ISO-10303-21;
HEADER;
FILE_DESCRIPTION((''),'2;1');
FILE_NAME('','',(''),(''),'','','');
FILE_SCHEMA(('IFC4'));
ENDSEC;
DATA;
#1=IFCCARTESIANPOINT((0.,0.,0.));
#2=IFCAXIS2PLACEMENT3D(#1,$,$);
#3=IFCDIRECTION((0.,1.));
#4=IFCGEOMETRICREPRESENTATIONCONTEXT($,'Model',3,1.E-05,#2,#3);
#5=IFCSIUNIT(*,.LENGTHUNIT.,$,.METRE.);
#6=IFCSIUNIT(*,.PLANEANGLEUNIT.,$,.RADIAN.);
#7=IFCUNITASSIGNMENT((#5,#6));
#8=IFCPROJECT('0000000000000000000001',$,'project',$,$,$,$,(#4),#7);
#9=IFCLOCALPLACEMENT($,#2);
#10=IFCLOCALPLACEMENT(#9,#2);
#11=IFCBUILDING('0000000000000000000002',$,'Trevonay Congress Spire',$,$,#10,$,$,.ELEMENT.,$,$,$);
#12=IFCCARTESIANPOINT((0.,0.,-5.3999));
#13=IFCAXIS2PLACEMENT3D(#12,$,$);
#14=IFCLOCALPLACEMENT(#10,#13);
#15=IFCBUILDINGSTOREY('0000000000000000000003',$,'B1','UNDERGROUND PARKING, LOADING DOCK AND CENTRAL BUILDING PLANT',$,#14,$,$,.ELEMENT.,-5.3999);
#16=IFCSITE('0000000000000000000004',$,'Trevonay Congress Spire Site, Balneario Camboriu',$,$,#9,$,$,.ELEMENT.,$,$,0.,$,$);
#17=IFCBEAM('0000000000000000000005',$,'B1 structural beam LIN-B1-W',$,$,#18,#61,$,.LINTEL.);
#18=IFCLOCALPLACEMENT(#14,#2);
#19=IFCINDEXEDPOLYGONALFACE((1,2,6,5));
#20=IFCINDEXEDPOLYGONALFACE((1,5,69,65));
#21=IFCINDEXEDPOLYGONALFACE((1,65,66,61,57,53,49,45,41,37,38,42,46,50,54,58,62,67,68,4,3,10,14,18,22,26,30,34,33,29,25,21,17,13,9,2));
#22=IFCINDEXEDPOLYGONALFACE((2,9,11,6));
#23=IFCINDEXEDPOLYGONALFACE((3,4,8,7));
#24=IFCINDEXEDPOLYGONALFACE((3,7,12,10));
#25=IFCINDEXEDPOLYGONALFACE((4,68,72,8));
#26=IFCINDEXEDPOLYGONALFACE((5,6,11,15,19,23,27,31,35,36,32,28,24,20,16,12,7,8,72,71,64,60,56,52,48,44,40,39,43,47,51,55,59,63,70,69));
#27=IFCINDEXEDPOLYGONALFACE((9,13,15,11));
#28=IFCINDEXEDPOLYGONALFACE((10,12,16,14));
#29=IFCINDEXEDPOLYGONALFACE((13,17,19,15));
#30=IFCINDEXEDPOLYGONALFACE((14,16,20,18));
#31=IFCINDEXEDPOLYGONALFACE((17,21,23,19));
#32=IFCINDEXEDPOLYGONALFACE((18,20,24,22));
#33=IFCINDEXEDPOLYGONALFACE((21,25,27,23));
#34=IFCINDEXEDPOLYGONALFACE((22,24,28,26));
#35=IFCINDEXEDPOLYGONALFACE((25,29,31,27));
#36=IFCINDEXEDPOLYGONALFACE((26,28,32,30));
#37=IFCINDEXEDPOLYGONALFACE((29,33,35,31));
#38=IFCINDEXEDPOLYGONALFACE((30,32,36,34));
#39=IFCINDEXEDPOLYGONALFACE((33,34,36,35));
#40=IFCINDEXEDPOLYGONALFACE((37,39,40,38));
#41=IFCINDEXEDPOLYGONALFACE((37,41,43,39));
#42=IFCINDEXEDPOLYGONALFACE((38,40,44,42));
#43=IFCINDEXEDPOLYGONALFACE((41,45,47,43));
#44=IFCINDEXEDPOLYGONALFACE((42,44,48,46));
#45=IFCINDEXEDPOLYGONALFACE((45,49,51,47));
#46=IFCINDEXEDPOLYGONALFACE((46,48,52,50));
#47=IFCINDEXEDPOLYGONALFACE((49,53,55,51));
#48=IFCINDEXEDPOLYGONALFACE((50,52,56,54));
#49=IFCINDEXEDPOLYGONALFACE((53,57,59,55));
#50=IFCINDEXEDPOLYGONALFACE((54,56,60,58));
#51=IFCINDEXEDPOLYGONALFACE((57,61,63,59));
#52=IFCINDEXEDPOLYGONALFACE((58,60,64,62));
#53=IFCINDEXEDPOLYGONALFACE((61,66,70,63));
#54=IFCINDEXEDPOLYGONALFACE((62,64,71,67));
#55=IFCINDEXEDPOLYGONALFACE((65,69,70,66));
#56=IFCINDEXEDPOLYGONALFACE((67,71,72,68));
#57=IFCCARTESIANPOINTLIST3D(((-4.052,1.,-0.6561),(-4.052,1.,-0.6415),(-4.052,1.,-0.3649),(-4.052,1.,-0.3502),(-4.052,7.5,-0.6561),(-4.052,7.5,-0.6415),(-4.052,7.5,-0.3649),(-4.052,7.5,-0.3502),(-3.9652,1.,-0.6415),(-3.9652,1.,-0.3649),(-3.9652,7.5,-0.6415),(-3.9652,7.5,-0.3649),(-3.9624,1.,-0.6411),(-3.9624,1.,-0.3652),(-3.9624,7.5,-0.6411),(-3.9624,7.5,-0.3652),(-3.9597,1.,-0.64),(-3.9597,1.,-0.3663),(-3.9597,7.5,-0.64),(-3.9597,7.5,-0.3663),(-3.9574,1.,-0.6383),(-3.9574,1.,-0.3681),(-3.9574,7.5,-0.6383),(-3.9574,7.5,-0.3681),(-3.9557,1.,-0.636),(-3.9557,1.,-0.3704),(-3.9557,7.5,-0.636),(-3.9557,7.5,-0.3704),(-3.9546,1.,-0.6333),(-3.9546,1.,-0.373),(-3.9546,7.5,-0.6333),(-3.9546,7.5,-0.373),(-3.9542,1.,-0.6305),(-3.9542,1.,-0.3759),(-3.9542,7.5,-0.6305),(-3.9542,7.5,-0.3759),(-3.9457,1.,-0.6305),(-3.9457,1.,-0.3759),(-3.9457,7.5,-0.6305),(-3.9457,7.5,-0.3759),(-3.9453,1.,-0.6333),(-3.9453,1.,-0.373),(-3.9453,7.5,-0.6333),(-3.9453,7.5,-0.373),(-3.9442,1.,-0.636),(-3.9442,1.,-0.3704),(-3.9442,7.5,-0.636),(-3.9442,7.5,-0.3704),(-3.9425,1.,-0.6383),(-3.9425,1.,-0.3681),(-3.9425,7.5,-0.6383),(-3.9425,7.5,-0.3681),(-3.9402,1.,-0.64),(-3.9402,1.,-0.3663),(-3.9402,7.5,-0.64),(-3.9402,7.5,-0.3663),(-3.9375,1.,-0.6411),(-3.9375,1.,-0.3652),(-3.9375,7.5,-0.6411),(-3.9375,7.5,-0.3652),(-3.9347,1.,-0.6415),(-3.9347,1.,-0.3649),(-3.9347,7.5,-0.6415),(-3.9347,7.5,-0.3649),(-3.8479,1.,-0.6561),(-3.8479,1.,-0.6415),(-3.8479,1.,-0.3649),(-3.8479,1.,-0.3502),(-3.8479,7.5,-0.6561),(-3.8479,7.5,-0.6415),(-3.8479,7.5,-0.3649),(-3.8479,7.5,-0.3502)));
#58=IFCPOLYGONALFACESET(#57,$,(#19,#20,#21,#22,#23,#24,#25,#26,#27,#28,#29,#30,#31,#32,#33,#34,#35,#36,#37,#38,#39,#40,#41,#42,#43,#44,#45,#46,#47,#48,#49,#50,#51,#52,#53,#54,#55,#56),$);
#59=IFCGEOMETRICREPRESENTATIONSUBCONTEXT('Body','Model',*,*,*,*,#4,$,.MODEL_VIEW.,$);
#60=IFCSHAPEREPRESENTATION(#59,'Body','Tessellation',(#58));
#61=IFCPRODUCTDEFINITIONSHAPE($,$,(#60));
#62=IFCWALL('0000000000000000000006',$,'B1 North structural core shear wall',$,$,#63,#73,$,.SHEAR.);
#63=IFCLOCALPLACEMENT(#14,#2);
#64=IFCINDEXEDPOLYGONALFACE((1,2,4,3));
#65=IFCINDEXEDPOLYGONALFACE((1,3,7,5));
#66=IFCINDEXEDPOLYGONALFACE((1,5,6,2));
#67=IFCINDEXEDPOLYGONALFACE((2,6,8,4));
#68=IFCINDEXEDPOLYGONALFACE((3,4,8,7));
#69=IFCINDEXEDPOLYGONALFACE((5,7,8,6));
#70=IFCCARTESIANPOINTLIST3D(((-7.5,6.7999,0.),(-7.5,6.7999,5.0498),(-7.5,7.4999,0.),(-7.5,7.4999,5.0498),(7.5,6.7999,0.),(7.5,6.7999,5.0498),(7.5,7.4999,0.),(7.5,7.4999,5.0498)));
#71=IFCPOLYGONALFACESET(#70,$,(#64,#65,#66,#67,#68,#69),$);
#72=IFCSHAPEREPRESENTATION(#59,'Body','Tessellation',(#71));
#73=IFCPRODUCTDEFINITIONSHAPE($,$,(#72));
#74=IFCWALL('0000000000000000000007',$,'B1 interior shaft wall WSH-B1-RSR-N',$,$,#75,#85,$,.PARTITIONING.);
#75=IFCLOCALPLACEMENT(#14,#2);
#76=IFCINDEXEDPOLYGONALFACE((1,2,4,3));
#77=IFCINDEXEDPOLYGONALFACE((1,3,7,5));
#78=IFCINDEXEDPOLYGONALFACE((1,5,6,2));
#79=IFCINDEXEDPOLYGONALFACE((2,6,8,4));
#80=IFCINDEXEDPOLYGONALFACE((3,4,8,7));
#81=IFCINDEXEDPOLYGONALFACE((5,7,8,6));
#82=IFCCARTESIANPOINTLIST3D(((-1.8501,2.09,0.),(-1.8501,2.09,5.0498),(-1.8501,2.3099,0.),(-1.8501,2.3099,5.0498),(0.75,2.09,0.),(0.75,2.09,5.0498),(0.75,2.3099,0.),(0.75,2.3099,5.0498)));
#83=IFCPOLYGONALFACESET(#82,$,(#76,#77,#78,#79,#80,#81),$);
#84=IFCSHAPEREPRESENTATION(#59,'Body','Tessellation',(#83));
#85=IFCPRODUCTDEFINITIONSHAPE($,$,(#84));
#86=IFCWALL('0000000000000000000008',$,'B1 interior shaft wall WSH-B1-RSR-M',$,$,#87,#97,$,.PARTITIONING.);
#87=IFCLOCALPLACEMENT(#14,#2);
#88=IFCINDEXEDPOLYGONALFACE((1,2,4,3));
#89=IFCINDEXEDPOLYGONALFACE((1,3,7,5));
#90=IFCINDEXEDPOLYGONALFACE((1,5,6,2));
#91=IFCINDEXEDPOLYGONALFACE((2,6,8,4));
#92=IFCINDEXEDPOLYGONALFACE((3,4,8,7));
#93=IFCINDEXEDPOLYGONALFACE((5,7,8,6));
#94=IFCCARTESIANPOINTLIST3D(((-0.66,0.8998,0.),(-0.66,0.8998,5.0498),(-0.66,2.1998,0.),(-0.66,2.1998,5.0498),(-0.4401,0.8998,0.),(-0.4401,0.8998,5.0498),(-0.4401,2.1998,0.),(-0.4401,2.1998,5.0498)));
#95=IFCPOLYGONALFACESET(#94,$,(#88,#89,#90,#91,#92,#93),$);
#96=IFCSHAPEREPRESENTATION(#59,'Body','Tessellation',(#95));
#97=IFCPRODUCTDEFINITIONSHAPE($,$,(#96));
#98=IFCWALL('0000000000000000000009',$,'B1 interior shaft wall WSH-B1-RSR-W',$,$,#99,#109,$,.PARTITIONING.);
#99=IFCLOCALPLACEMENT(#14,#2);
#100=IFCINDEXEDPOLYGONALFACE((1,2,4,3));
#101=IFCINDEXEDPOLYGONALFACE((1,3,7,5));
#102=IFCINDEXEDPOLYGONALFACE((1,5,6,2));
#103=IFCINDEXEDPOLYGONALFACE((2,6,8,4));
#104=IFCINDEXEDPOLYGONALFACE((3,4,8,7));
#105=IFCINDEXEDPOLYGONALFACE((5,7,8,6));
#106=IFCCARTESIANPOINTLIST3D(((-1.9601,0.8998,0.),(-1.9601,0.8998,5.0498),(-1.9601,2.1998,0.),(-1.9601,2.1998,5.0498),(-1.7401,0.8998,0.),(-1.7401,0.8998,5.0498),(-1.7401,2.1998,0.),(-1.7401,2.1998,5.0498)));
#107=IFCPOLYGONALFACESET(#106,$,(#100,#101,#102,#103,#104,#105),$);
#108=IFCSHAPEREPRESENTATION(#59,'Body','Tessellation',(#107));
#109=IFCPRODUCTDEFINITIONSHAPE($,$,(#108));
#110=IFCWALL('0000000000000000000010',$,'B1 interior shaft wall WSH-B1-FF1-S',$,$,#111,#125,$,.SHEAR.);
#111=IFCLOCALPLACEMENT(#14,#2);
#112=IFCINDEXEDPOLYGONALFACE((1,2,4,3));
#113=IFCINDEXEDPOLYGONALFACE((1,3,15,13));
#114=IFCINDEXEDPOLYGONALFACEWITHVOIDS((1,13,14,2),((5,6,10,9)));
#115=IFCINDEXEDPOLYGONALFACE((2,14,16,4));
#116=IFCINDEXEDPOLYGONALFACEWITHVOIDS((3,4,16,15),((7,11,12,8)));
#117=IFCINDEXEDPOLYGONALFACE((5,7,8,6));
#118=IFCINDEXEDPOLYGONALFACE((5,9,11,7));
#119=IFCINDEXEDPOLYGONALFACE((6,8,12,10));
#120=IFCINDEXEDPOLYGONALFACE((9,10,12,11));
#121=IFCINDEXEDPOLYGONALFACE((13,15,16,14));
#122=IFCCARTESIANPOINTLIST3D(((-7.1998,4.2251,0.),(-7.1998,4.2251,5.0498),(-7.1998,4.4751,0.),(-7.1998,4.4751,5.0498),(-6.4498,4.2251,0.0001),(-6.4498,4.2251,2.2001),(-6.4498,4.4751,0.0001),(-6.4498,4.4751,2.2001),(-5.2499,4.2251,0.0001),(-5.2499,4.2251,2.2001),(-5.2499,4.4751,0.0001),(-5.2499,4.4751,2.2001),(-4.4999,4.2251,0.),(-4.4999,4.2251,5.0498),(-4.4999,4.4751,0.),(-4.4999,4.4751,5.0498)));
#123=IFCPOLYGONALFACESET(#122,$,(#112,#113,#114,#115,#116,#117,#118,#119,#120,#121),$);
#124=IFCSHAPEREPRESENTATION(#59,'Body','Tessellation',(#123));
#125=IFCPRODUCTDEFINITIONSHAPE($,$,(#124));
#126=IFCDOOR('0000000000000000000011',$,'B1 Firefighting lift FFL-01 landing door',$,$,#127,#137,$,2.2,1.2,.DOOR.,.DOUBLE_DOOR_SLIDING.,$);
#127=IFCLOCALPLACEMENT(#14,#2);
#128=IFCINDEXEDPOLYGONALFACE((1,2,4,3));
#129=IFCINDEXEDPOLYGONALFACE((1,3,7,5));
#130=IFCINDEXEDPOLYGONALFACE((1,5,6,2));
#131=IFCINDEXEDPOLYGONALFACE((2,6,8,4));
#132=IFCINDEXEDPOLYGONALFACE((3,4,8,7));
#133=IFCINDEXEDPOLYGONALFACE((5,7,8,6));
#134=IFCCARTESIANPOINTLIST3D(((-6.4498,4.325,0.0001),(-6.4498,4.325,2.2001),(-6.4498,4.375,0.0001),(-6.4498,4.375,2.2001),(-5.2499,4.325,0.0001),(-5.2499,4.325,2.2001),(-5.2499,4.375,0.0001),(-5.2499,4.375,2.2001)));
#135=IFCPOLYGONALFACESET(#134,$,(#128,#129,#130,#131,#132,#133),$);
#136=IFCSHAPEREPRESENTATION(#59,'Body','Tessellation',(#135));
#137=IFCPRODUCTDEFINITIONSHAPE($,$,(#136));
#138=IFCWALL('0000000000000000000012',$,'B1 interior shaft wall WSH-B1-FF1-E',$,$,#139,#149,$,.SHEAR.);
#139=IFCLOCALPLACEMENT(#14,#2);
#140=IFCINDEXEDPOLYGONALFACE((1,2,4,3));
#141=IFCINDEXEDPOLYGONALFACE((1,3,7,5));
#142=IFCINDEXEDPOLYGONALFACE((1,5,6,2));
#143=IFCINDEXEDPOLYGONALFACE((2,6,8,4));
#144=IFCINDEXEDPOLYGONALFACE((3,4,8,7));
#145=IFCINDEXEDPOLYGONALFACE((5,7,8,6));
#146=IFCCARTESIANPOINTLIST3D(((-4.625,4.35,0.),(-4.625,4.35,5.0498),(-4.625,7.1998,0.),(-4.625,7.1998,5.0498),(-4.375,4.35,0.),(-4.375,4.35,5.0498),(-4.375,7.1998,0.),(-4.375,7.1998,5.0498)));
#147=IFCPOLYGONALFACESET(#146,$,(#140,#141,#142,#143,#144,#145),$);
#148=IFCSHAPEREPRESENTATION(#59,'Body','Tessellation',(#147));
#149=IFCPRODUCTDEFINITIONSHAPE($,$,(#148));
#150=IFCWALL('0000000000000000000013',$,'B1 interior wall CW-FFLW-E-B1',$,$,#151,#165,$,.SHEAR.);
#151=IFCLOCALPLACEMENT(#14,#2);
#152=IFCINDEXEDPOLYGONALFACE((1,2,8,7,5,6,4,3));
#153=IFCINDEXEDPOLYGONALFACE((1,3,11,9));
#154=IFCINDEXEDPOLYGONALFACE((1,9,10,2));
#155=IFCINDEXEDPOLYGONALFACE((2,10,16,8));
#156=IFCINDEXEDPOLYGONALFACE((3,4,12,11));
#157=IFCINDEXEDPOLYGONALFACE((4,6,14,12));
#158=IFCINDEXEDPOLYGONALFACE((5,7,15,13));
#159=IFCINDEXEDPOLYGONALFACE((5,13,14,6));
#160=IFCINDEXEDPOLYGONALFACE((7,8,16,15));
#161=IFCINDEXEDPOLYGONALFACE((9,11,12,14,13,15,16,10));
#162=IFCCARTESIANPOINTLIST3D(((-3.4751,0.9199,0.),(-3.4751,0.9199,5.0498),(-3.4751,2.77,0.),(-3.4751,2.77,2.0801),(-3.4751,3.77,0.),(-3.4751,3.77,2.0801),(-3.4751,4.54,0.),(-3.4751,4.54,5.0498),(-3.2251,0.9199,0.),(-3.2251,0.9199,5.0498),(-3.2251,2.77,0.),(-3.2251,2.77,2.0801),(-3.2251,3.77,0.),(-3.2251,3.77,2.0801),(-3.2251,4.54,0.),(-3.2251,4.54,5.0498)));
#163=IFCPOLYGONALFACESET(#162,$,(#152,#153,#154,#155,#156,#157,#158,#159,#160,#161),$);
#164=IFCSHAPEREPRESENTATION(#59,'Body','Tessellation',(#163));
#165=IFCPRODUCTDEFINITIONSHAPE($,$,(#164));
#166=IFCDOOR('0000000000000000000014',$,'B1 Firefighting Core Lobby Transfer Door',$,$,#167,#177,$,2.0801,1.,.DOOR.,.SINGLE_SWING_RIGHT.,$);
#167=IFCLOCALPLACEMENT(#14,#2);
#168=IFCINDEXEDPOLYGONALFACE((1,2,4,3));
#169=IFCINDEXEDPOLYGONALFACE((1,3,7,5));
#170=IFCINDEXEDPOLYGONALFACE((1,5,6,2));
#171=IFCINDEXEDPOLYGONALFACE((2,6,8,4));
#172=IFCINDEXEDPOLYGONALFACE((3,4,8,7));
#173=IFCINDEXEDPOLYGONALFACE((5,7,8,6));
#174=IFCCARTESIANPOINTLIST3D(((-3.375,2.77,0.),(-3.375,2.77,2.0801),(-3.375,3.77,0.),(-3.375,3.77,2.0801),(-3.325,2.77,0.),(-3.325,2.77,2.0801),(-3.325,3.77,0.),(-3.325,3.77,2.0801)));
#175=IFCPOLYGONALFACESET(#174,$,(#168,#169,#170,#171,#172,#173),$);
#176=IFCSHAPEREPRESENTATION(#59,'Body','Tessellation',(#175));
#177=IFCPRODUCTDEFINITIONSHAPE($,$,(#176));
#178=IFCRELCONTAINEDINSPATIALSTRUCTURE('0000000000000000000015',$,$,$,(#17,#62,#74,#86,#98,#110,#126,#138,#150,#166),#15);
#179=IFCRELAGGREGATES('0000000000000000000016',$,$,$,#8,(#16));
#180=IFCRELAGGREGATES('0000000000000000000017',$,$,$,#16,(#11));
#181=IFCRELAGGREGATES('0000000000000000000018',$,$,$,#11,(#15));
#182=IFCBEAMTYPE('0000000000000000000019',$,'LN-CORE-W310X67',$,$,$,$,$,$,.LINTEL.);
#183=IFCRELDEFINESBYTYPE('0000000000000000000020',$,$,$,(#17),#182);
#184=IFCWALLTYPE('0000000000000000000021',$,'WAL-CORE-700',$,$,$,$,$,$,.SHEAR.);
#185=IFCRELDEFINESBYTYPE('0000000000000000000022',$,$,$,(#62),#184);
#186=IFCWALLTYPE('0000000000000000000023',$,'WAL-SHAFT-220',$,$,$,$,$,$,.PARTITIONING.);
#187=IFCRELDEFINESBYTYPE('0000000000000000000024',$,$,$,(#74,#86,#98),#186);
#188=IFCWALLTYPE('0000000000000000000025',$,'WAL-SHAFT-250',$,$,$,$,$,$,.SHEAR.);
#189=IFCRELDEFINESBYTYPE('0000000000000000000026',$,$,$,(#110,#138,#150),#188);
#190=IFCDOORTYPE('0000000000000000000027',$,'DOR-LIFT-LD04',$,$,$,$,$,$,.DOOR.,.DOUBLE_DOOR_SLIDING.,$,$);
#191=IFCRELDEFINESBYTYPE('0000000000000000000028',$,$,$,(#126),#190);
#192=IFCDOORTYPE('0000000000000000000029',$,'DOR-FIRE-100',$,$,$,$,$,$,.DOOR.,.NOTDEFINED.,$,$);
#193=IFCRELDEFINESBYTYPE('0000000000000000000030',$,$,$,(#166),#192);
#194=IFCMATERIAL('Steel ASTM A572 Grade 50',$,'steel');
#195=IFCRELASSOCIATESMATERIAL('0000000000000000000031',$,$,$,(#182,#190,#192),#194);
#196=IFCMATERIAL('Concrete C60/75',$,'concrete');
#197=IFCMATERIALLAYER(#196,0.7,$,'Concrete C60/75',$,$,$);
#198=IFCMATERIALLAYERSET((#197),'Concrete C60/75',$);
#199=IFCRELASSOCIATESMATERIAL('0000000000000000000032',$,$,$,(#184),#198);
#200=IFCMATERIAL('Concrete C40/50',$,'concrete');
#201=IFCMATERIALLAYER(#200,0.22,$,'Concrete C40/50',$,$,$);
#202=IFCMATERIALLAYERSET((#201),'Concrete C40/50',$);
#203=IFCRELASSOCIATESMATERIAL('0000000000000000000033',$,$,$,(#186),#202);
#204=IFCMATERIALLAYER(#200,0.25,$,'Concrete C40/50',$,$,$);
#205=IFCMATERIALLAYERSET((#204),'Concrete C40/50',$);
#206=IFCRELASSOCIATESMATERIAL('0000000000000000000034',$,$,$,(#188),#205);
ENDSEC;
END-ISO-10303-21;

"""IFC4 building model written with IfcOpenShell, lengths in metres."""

from ifc_helpers import new_model, si_unit, direction, frame, frame_2d, origin, origin_2d, place, context, subcontext, project, spatial, rectangle, i_section, extrude, material, layer, layer_set, material_profile, profile_set, type_object, element, fill, save


model = new_model("IFC4")

# Units and contexts
model_context = context("Model", 3, precision=1e-05, world=origin(), true_north=direction((0.0, 1.0)))
body_context = subcontext(model_context, "Body", "Model", "MODEL_VIEW")
ifc_project = project(units=[si_unit("LENGTHUNIT", "METRE"), si_unit("PLANEANGLEUNIT", "RADIAN")], contexts=[model_context])

# Site, building, storey
site_placement = place(None, origin())
site = spatial("IfcSite", under=ifc_project, at=site_placement, Name="Trevonay Congress Spire Site, Balneario Camboriu", CompositionType="ELEMENT", RefElevation=0.0)
building_placement = place(site_placement, origin())
building = spatial("IfcBuilding", under=site, at=building_placement, Name="Trevonay Congress Spire", CompositionType="ELEMENT")
storey_placement = place(building_placement, frame((0.0, 0.0, -5.3999)))
storey = spatial("IfcBuildingStorey", under=building, at=storey_placement, Name="B1", Description="UNDERGROUND PARKING, LOADING DOCK AND CENTRAL BUILDING PLANT", CompositionType="ELEMENT", Elevation=-5.3999)

# Shared definitions
ifc_material_1 = material(Name="Steel ASTM A572 Grade 50", Category="steel")
ifc_material_2 = material(Name="Concrete C60/75", Category="concrete")

# Beam
ifc_material_profile_1 = material_profile(ifc_material_1, i_section(OverallWidth=0.2041, OverallDepth=0.3059, WebThickness=0.0085, FlangeThickness=0.0146, FilletRadius=0.011, at=origin_2d()), Name="W310x67")
ifc_profile_set_1 = profile_set([ifc_material_profile_1], Name="Steel ASTM A572 Grade 50")
beam_type_1 = type_object("IfcBeamType", Name="LN-CORE-W310X67", PredefinedType="LINTEL", material=ifc_profile_set_1)
beam_1_placement = place(storey_placement, frame((-3.95, 1.0, -0.5032), z_axis=(0.0, 1.0, 0.0), x_axis=(-1.0, 0.0, 0.0)))
element("IfcBeam", 1, at=beam_1_placement, inside=storey, type_object=beam_type_1, Name="B1 structural beam LIN-B1-W", PredefinedType="LINTEL", context=body_context, shape_type="SweptSolid", body=[
    extrude(i_section(OverallWidth=0.2041, OverallDepth=0.3059, WebThickness=0.0085, FlangeThickness=0.0146, FilletRadius=0.011, at=origin_2d()), origin(), (0.0, 0.0, 1.0), 6.5),
])

# Walls
ifc_layer_1 = layer(ifc_material_2, 0.7, Name="Concrete C60/75")
ifc_layer_set_1 = layer_set([ifc_layer_1], Name="Concrete C60/75")
wall_type_1 = type_object("IfcWallType", Name="WAL-CORE-700", PredefinedType="SHEAR", material=ifc_layer_set_1)
wall_1_placement = place(storey_placement, frame((-7.5, 7.1499, 0.0), z_axis=(0.0, 0.0, 1.0), x_axis=(1.0, 0.0, 0.0)))
element("IfcWall", 2, at=wall_1_placement, inside=storey, type_object=wall_type_1, Name="B1 North structural core shear wall", PredefinedType="SHEAR", context=body_context, shape_type="SweptSolid", body=[
    extrude(rectangle(XDim=15.0, YDim=0.7, at=frame_2d((7.5, 0.0))), origin(), (0.0, 0.0, 1.0), 5.0498),
])
ifc_material_3 = material(Name="Concrete C40/50", Category="concrete")
ifc_layer_2 = layer(ifc_material_3, 0.22, Name="Concrete C40/50")
ifc_layer_set_2 = layer_set([ifc_layer_2], Name="Concrete C40/50")
wall_type_2 = type_object("IfcWallType", Name="WAL-SHAFT-220", PredefinedType="PARTITIONING", material=ifc_layer_set_2)
wall_2_placement = place(storey_placement, frame((-1.8501, 2.2, 0.0), z_axis=(0.0, 0.0, 1.0), x_axis=(1.0, 0.0, 0.0)))
element("IfcWall", 3, at=wall_2_placement, inside=storey, type_object=wall_type_2, Name="B1 interior shaft wall WSH-B1-RSR-N", PredefinedType="PARTITIONING", context=body_context, shape_type="SweptSolid", body=[
    extrude(rectangle(XDim=2.6001, YDim=0.22, at=frame_2d((1.3, 0.0))), origin(), (0.0, 0.0, 1.0), 5.0498),
])
for number, where, z_axis, x_axis, name in (
    (4, (-0.55, 0.8999, 0.0), (0.0, 0.0, 1.0), (0.0, 1.0, 0.0), "B1 interior shaft wall WSH-B1-RSR-M"),
    (5, (-1.8501, 0.8999, 0.0), (0.0, 0.0, 1.0), (0.0, 1.0, 0.0), "B1 interior shaft wall WSH-B1-RSR-W"),
):
    element("IfcWall", number, at=place(storey_placement, frame(where, z_axis=z_axis, x_axis=x_axis)), inside=storey, type_object=wall_type_2, Name=name, PredefinedType="PARTITIONING", context=body_context, shape_type="SweptSolid", body=[
        extrude(rectangle(XDim=1.3, YDim=0.22, at=frame_2d((0.6499, 0.0))), origin(), (0.0, 0.0, 1.0), 5.0498),
    ])

# Wall, opening, door
ifc_layer_3 = layer(ifc_material_3, 0.25, Name="Concrete C40/50")
ifc_layer_set_3 = layer_set([ifc_layer_3], Name="Concrete C40/50")
wall_type_3 = type_object("IfcWallType", Name="WAL-SHAFT-250", PredefinedType="SHEAR", material=ifc_layer_set_3)
wall_3_placement = place(storey_placement, frame((-7.2, 4.3501, 0.0), z_axis=(0.0, 0.0, 1.0), x_axis=(1.0, 0.0, 0.0)))
wall_3 = element("IfcWall", 6, at=wall_3_placement, inside=storey, type_object=wall_type_3, Name="B1 interior shaft wall WSH-B1-FF1-S", PredefinedType="SHEAR", context=body_context, shape_type="SweptSolid", body=[
    extrude(rectangle(XDim=2.7, YDim=0.25, at=frame_2d((1.3501, 0.0))), origin(), (0.0, 0.0, 1.0), 5.0498),
])
opening_1_placement = place(wall_3_placement, frame((0.75, 0.0, 0.0)))
opening_1 = element("IfcOpeningElement", 7, at=opening_1_placement, cuts=wall_3, PredefinedType="OPENING", context=body_context, shape_type="SweptSolid", body=[
    extrude(rectangle(XDim=1.2, YDim=2.2, at=frame_2d((0.6001, 1.1001))), frame((0.0, 0.135, 0.0), z_axis=(0.0, -1.0, 0.0), x_axis=(1.0, 0.0, 0.0)), (0.0, 0.0, 1.0), 0.27),
])
door_type_1 = type_object("IfcDoorType", Name="DOR-LIFT-LD04", OperationType="DOUBLE_DOOR_SLIDING", PredefinedType="DOOR", material=ifc_material_1)
door_1_placement = place(opening_1_placement, origin())
door_1 = element("IfcDoor", 8, at=door_1_placement, inside=storey, type_object=door_type_1, Name="B1 Firefighting lift FFL-01 landing door", OperationType="DOUBLE_DOOR_SLIDING", OverallHeight=2.2, OverallWidth=1.2, PredefinedType="DOOR", context=body_context, shape_type="SweptSolid", body=[
    extrude(rectangle(XDim=1.2, YDim=2.2, at=frame_2d((0.6001, 1.1001))), frame((0.0, 0.0249, 0.0), z_axis=(0.0, -1.0, 0.0), x_axis=(1.0, 0.0, 0.0)), (0.0, 0.0, 1.0), 0.05),
])
fill(opening_1, door_1)

# Wall
wall_4_placement = place(storey_placement, frame((-4.5, 4.3501, 0.0), z_axis=(0.0, 0.0, 1.0), x_axis=(0.0, 1.0, 0.0)))
element("IfcWall", 9, at=wall_4_placement, inside=storey, type_object=wall_type_3, Name="B1 interior shaft wall WSH-B1-FF1-E", PredefinedType="SHEAR", context=body_context, shape_type="SweptSolid", body=[
    extrude(rectangle(XDim=2.8499, YDim=0.25, at=frame_2d((1.4248, 0.0))), origin(), (0.0, 0.0, 1.0), 5.0498),
])

# Wall, opening, door
wall_5_placement = place(storey_placement, frame((-3.3501, 0.9199, 0.0), z_axis=(0.0, 0.0, 1.0), x_axis=(0.0, 1.0, 0.0)))
wall_5 = element("IfcWall", 10, at=wall_5_placement, inside=storey, type_object=wall_type_3, Name="B1 interior wall CW-FFLW-E-B1", PredefinedType="SHEAR", context=body_context, shape_type="SweptSolid", body=[
    extrude(rectangle(XDim=3.6201, YDim=0.25, at=frame_2d((1.8101, 0.0))), origin(), (0.0, 0.0, 1.0), 5.0498),
])
opening_2_placement = place(wall_5_placement, frame((1.8501, 0.0, 0.0)))
opening_2 = element("IfcOpeningElement", 11, at=opening_2_placement, cuts=wall_5, PredefinedType="OPENING", context=body_context, shape_type="SweptSolid", body=[
    extrude(rectangle(XDim=1.0, YDim=2.0801, at=frame_2d((0.5, 1.04))), frame((0.0, 0.135, 0.0), z_axis=(0.0, -1.0, 0.0), x_axis=(1.0, 0.0, 0.0)), (0.0, 0.0, 1.0), 0.27),
])
door_type_2 = type_object("IfcDoorType", Name="DOR-FIRE-100", OperationType="NOTDEFINED", PredefinedType="DOOR", material=ifc_material_1)
door_2_placement = place(opening_2_placement, origin())
door_2 = element("IfcDoor", 12, at=door_2_placement, inside=storey, type_object=door_type_2, Name="B1 Firefighting Core Lobby Transfer Door", OperationType="SINGLE_SWING_RIGHT", OverallHeight=2.0801, OverallWidth=1.0, PredefinedType="DOOR", context=body_context, shape_type="SweptSolid", body=[
    extrude(rectangle(XDim=1.0, YDim=2.0801, at=frame_2d((0.5, 1.04))), frame((0.0, 0.0249, 0.0), z_axis=(0.0, -1.0, 0.0), x_axis=(1.0, 0.0, 0.0)), (0.0, 0.0, 1.0), 0.05),
])
fill(opening_2, door_2)

save(model, "model.ifc")
